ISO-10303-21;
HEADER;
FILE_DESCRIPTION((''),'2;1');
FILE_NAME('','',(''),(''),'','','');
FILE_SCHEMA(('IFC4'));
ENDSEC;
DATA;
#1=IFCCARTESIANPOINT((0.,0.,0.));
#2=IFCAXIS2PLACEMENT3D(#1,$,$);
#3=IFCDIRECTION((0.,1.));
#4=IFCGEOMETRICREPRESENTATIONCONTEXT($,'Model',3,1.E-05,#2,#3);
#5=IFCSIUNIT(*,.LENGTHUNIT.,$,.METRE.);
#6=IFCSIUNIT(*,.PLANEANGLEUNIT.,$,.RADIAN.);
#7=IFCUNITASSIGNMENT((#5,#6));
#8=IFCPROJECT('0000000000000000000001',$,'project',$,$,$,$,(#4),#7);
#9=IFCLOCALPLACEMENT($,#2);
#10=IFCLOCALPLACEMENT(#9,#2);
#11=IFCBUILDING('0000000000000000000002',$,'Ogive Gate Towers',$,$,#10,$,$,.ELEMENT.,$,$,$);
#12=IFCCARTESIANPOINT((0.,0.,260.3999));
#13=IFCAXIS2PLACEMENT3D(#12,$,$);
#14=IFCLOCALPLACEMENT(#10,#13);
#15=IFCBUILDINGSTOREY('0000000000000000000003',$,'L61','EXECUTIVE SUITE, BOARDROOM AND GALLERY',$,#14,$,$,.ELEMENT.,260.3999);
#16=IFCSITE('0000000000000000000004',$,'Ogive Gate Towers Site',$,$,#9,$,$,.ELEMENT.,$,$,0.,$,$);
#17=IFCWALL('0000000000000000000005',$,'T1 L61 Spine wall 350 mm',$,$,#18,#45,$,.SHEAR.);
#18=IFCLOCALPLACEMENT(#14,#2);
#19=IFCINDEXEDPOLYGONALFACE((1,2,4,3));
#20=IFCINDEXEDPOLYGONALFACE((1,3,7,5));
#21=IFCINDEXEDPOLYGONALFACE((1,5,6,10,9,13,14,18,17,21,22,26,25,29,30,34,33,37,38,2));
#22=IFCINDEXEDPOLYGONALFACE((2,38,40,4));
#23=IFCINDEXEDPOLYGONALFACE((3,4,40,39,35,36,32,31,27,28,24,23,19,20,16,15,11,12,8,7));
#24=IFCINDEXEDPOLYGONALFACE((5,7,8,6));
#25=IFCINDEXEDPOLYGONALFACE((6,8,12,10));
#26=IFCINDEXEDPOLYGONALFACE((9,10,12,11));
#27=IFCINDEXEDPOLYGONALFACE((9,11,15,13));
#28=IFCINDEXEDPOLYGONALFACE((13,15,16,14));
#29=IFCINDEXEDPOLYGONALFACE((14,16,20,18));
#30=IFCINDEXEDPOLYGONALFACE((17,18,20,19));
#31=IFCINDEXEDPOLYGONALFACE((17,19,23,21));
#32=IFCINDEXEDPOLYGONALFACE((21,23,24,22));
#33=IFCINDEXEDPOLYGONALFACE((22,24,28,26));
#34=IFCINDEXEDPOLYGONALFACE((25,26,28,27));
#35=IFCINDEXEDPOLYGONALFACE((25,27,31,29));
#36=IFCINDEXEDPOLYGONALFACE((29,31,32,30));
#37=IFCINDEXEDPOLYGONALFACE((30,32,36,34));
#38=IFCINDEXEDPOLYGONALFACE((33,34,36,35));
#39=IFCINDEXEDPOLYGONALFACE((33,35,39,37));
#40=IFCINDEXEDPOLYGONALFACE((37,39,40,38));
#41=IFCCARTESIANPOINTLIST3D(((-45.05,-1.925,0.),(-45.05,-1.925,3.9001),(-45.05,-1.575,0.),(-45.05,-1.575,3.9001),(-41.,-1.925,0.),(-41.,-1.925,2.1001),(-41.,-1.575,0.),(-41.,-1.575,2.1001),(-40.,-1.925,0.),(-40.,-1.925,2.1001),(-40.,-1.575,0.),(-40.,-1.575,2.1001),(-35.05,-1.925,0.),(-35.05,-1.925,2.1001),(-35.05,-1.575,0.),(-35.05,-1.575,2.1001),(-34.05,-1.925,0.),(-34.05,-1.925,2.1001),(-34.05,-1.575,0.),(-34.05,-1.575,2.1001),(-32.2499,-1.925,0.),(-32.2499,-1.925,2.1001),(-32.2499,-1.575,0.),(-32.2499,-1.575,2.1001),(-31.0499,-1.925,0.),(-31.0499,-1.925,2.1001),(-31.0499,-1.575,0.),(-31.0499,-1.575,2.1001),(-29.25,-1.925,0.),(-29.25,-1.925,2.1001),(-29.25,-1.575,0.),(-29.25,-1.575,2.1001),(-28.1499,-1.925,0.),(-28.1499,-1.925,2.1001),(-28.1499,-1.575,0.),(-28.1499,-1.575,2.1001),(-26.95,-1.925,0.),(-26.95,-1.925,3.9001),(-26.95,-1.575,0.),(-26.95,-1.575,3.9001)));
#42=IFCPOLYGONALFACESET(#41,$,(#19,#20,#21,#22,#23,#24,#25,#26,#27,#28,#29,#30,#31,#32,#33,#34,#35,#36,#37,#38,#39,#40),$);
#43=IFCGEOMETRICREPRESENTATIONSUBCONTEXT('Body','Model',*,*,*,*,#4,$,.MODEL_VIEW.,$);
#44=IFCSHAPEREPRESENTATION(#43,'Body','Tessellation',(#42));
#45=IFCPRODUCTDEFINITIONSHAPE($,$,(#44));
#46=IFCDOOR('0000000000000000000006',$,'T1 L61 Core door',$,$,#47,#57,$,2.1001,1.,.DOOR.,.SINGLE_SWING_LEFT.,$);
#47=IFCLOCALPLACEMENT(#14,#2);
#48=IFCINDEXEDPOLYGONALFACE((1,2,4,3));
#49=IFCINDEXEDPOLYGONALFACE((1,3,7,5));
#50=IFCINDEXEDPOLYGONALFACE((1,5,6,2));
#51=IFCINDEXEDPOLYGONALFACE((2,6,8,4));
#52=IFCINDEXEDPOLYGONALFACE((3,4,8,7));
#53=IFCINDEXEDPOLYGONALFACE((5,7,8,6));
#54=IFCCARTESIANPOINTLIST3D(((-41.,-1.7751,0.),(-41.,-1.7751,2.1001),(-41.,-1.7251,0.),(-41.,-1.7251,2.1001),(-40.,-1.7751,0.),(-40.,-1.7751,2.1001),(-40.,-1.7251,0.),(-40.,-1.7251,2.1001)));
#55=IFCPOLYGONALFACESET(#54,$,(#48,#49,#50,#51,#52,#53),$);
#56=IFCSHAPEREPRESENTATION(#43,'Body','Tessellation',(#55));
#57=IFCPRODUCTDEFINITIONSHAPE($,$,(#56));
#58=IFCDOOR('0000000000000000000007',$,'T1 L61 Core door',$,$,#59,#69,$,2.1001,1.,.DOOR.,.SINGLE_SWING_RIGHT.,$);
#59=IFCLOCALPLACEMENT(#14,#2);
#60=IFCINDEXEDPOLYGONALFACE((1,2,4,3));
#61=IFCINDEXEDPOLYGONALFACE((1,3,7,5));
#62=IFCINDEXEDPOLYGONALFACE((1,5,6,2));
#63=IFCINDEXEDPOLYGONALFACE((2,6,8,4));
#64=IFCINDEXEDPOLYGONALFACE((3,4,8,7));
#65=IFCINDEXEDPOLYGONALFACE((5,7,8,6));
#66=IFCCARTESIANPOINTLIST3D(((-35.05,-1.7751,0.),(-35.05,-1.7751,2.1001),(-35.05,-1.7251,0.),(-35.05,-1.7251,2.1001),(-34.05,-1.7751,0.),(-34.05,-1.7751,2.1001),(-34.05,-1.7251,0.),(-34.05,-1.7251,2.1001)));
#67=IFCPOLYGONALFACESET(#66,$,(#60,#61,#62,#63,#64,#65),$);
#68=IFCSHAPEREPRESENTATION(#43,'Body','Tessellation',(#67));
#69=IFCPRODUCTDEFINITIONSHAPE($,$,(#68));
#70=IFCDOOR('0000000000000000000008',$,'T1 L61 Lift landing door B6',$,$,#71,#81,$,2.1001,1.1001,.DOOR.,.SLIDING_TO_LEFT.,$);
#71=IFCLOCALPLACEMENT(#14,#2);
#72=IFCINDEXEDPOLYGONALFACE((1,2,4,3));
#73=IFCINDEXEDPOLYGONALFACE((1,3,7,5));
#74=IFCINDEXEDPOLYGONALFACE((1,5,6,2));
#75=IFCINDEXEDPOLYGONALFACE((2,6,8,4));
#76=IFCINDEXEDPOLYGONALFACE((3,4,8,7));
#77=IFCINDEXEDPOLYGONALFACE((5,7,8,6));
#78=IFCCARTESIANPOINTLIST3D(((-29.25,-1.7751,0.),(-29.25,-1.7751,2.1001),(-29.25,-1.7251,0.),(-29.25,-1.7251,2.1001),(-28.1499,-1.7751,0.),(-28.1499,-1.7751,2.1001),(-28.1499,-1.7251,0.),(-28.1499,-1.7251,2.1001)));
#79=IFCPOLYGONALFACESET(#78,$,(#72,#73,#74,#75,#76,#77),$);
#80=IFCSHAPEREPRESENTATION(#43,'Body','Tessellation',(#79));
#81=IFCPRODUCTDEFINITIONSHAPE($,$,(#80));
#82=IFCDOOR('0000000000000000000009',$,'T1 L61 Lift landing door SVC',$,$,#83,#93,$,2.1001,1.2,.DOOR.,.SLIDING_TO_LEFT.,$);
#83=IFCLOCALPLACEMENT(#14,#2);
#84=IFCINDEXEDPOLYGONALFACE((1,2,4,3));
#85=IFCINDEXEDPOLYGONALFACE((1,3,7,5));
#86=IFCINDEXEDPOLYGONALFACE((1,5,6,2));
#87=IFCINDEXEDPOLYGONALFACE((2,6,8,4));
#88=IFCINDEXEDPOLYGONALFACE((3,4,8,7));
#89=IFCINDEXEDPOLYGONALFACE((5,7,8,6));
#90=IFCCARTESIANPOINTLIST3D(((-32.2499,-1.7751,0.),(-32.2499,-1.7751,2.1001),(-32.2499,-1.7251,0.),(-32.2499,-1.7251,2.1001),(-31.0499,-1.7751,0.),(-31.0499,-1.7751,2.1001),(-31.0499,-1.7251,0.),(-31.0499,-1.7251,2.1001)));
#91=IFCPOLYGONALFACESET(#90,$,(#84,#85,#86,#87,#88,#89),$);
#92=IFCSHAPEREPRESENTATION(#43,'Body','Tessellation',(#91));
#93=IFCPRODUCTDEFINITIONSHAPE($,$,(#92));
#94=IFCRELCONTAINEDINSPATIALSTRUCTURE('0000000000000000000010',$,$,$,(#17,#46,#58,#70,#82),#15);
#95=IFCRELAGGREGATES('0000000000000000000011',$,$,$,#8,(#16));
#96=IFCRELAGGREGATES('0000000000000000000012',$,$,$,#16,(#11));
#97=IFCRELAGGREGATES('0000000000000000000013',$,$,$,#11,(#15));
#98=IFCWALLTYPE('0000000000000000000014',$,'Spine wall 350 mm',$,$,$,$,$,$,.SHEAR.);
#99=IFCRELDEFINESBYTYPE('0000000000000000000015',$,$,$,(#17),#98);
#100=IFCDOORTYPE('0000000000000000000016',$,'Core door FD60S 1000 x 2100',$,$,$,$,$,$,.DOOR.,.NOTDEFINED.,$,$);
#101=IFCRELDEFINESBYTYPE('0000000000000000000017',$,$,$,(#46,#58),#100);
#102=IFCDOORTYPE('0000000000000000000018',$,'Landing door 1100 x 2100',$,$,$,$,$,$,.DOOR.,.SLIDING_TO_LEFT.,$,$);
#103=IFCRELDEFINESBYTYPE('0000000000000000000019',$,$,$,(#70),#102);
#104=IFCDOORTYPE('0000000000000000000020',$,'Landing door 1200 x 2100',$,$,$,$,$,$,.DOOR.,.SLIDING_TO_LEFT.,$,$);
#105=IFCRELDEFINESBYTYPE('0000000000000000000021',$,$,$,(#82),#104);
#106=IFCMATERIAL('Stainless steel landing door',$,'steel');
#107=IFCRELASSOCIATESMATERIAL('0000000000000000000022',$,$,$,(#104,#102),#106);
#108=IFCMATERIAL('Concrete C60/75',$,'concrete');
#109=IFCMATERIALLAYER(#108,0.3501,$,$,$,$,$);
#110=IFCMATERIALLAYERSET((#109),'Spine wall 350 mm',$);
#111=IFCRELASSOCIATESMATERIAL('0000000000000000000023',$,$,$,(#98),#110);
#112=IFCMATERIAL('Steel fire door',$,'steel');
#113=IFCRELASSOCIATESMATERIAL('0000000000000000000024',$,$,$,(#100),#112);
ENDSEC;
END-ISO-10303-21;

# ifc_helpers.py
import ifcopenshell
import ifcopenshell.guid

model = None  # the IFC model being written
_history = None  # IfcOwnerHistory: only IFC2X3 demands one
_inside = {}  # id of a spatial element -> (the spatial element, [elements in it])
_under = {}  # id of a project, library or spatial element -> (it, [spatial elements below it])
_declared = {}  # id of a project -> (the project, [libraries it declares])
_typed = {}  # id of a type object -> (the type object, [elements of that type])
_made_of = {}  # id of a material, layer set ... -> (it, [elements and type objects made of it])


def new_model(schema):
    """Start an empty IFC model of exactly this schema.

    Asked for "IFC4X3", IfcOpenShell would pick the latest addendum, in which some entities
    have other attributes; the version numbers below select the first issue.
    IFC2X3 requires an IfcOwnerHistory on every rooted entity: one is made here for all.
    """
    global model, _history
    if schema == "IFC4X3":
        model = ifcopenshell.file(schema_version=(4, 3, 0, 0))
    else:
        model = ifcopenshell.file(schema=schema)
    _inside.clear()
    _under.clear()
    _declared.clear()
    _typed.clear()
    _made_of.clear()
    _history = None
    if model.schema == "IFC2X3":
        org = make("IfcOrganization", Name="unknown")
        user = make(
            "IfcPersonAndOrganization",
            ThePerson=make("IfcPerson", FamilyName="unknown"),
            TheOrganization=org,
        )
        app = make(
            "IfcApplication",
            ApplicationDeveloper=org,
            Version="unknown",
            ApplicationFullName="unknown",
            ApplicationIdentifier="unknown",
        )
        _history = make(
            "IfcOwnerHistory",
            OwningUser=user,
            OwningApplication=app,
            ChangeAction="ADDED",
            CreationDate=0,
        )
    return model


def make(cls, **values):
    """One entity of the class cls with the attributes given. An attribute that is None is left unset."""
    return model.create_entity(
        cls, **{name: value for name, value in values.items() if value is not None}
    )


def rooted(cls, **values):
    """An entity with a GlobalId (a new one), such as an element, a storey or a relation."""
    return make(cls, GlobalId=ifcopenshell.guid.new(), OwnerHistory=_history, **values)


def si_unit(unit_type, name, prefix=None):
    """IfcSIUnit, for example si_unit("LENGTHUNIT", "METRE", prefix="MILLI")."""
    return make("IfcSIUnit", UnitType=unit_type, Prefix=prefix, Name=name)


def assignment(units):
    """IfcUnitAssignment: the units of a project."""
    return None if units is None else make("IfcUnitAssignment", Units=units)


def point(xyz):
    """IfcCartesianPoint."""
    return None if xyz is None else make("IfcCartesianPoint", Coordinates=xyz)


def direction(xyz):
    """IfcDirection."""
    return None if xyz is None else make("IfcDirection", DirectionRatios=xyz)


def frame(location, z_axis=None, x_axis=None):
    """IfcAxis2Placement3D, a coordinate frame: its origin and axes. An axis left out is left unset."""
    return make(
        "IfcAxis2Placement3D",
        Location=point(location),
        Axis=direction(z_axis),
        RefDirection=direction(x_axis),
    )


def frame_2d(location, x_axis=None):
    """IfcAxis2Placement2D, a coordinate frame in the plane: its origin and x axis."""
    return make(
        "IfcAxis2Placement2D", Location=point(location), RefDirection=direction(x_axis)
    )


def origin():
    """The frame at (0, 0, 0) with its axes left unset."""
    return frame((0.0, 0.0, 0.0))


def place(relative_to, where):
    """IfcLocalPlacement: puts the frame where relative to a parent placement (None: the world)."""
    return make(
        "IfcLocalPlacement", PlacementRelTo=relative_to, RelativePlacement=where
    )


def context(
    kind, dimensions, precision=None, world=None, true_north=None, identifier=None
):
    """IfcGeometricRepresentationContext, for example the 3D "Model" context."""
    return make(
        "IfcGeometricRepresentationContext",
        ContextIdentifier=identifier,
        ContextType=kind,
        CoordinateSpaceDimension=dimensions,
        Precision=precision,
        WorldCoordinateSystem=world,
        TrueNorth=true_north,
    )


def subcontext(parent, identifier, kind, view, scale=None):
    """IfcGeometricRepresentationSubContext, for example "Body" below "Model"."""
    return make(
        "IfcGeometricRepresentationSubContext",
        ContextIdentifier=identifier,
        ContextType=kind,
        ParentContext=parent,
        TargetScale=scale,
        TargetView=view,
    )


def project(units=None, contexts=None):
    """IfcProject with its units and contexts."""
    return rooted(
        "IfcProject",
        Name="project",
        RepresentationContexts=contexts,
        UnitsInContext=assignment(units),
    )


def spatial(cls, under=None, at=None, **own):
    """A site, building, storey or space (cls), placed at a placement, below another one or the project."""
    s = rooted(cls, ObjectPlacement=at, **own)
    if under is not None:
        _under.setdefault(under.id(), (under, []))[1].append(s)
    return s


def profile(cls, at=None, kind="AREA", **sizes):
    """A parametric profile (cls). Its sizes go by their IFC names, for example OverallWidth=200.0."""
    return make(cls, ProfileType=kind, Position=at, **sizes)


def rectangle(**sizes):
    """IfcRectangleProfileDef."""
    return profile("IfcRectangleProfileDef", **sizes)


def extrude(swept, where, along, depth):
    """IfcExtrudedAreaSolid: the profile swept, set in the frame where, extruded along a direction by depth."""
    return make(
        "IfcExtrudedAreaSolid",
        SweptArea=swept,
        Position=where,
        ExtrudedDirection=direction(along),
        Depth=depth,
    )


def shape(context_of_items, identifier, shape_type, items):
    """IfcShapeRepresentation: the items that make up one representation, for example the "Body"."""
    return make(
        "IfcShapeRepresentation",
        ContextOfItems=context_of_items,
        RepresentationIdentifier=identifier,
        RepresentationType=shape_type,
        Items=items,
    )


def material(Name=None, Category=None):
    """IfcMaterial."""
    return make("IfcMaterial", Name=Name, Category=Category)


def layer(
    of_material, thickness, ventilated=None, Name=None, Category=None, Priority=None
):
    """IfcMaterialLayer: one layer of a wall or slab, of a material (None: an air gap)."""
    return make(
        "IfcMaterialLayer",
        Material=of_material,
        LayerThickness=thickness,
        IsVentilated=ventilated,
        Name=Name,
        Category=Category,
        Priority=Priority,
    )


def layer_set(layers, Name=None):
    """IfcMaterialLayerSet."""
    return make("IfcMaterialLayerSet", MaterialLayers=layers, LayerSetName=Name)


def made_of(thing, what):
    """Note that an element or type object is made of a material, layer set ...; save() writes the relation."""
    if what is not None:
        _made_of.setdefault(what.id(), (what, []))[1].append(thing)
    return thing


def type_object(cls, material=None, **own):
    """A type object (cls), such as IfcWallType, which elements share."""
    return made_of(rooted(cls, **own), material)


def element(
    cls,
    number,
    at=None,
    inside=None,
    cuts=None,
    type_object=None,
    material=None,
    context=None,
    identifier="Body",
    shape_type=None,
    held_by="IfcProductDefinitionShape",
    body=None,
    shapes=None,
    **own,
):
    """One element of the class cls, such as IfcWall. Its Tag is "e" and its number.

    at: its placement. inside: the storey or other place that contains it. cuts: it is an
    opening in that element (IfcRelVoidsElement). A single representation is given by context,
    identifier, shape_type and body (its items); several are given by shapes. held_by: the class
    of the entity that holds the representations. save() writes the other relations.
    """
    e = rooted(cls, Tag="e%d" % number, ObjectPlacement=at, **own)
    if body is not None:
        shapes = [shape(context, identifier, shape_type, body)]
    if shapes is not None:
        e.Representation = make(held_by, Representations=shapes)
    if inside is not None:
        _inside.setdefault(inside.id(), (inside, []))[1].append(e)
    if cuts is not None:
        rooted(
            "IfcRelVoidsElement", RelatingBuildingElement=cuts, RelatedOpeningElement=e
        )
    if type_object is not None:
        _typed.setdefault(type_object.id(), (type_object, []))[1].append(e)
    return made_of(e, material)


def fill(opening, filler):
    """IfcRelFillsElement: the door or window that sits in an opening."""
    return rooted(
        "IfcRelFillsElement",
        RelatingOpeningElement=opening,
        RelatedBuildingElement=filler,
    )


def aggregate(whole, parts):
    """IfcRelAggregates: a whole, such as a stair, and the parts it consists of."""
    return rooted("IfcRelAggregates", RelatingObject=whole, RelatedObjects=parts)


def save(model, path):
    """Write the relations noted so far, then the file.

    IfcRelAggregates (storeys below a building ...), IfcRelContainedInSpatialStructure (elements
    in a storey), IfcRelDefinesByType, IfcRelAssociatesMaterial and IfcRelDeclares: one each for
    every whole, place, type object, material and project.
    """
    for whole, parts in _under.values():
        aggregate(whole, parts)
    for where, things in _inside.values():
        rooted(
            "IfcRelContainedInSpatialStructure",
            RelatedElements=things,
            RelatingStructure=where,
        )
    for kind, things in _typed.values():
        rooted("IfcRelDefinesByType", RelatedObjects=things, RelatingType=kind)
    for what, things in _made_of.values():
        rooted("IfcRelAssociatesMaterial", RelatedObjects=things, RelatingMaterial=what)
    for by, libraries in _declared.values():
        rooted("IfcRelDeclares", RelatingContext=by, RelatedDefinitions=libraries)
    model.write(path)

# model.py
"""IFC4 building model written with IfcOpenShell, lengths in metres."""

from ifc_helpers import new_model, si_unit, direction, frame, frame_2d, origin, place, context, subcontext, project, spatial, rectangle, extrude, material, layer, layer_set, type_object, element, fill, save


model = new_model("IFC4")

# Units and contexts
model_context = context("Model", 3, precision=1e-05, world=origin(), true_north=direction((0.0, 1.0)))
body_context = subcontext(model_context, "Body", "Model", "MODEL_VIEW")
ifc_project = project(units=[si_unit("LENGTHUNIT", "METRE"), si_unit("PLANEANGLEUNIT", "RADIAN")], contexts=[model_context])

# Site, building, storey
site_placement = place(None, origin())
site = spatial("IfcSite", under=ifc_project, at=site_placement, Name="Ogive Gate Towers Site", CompositionType="ELEMENT", RefElevation=0.0)
building_placement = place(site_placement, origin())
building = spatial("IfcBuilding", under=site, at=building_placement, Name="Ogive Gate Towers", CompositionType="ELEMENT")
storey_placement = place(building_placement, frame((0.0, 0.0, 260.3999)))
storey = spatial("IfcBuildingStorey", under=building, at=storey_placement, Name="L61", Description="EXECUTIVE SUITE, BOARDROOM AND GALLERY", CompositionType="ELEMENT", Elevation=260.3999)

# Shared definitions
ifc_material_1 = material(Name="Concrete C60/75", Category="concrete")

# Shared definitions
ifc_material_2 = material(Name="Stainless steel landing door", Category="steel")
door_type_1 = type_object("IfcDoorType", Name="Landing door 1200 x 2100", OperationType="SLIDING_TO_LEFT", PredefinedType="DOOR", material=ifc_material_2)

# Wall, openings, doors
ifc_layer_1 = layer(ifc_material_1, 0.3501)
ifc_layer_set_1 = layer_set([ifc_layer_1], Name="Spine wall 350 mm")
wall_type_1 = type_object("IfcWallType", Name="Spine wall 350 mm", PredefinedType="SHEAR", material=ifc_layer_set_1)
wall_1_placement = place(storey_placement, frame((-45.05, -1.75, 0.0), z_axis=(0.0, 0.0, 1.0), x_axis=(1.0, 0.0, 0.0)))
wall_1 = element("IfcWall", 1, at=wall_1_placement, inside=storey, type_object=wall_type_1, Name="T1 L61 Spine wall 350 mm", PredefinedType="SHEAR", context=body_context, shape_type="SweptSolid", body=[
    extrude(rectangle(XDim=18.1001, YDim=0.3501, at=frame_2d((9.05, 0.0))), origin(), (0.0, 0.0, 1.0), 3.9001),
])
opening_1_placement = place(wall_1_placement, frame((12.8, 0.0, 0.0)))
opening_1 = element("IfcOpeningElement", 2, at=opening_1_placement, cuts=wall_1, PredefinedType="OPENING", context=body_context, shape_type="SweptSolid", body=[
    extrude(rectangle(XDim=1.2, YDim=2.1001, at=frame_2d((0.6001, 1.05))), frame((0.0, 0.1851, 0.0), z_axis=(0.0, -1.0, 0.0), x_axis=(1.0, 0.0, 0.0)), (0.0, 0.0, 1.0), 0.3701),
])
opening_2_placement = place(wall_1_placement, frame((15.8, 0.0, 0.0)))
opening_2 = element("IfcOpeningElement", 3, at=opening_2_placement, cuts=wall_1, PredefinedType="OPENING", context=body_context, shape_type="SweptSolid", body=[
    extrude(rectangle(XDim=1.1001, YDim=2.1001, at=frame_2d((0.55, 1.05))), frame((0.0, 0.1851, 0.0), z_axis=(0.0, -1.0, 0.0), x_axis=(1.0, 0.0, 0.0)), (0.0, 0.0, 1.0), 0.3701),
])
opening_3_placement = place(wall_1_placement, frame((4.05, 0.0, 0.0)))
opening_3 = element("IfcOpeningElement", 4, at=opening_3_placement, cuts=wall_1, PredefinedType="OPENING", context=body_context, shape_type="SweptSolid", body=[
    extrude(rectangle(XDim=1.0, YDim=2.1001, at=frame_2d((0.5, 1.05))), frame((0.0, 0.1851, 0.0), z_axis=(0.0, -1.0, 0.0), x_axis=(1.0, 0.0, 0.0)), (0.0, 0.0, 1.0), 0.3701),
])
opening_4_placement = place(wall_1_placement, frame((10.0, 0.0, 0.0)))
opening_4 = element("IfcOpeningElement", 5, at=opening_4_placement, cuts=wall_1, PredefinedType="OPENING", context=body_context, shape_type="SweptSolid", body=[
    extrude(rectangle(XDim=1.0, YDim=2.1001, at=frame_2d((0.5, 1.05))), frame((0.0, 0.1851, 0.0), z_axis=(0.0, -1.0, 0.0), x_axis=(1.0, 0.0, 0.0)), (0.0, 0.0, 1.0), 0.3701),
])
ifc_material_3 = material(Name="Steel fire door", Category="steel")
door_type_2 = type_object("IfcDoorType", Name="Core door FD60S 1000 x 2100", OperationType="NOTDEFINED", PredefinedType="DOOR", material=ifc_material_3)
door_1_placement = place(opening_3_placement, origin())
door_1 = element("IfcDoor", 6, at=door_1_placement, inside=storey, type_object=door_type_2, Name="T1 L61 Core door", OperationType="SINGLE_SWING_LEFT", OverallHeight=2.1001, OverallWidth=1.0, PredefinedType="DOOR", context=body_context, shape_type="SweptSolid", body=[
    extrude(rectangle(XDim=1.0, YDim=2.1001, at=frame_2d((0.5, 1.05))), frame((0.0, 0.0249, 0.0), z_axis=(0.0, -1.0, 0.0), x_axis=(1.0, 0.0, 0.0)), (0.0, 0.0, 1.0), 0.05),
])
fill(opening_3, door_1)
door_2_placement = place(opening_4_placement, origin())
door_2 = element("IfcDoor", 7, at=door_2_placement, inside=storey, type_object=door_type_2, Name="T1 L61 Core door", OperationType="SINGLE_SWING_RIGHT", OverallHeight=2.1001, OverallWidth=1.0, PredefinedType="DOOR", context=body_context, shape_type="SweptSolid", body=[
    extrude(rectangle(XDim=1.0, YDim=2.1001, at=frame_2d((0.5, 1.05))), frame((0.0, 0.0249, 0.0), z_axis=(0.0, -1.0, 0.0), x_axis=(1.0, 0.0, 0.0)), (0.0, 0.0, 1.0), 0.05),
])
fill(opening_4, door_2)
door_type_3 = type_object("IfcDoorType", Name="Landing door 1100 x 2100", OperationType="SLIDING_TO_LEFT", PredefinedType="DOOR", material=ifc_material_2)
door_3_placement = place(opening_2_placement, origin())
door_3 = element("IfcDoor", 8, at=door_3_placement, inside=storey, type_object=door_type_3, Name="T1 L61 Lift landing door B6", OperationType="SLIDING_TO_LEFT", OverallHeight=2.1001, OverallWidth=1.1001, PredefinedType="DOOR", context=body_context, shape_type="SweptSolid", body=[
    extrude(rectangle(XDim=1.1001, YDim=2.1001, at=frame_2d((0.55, 1.05))), frame((0.0, 0.0249, 0.0), z_axis=(0.0, -1.0, 0.0), x_axis=(1.0, 0.0, 0.0)), (0.0, 0.0, 1.0), 0.05),
])
fill(opening_2, door_3)
door_4_placement = place(opening_1_placement, origin())
door_4 = element("IfcDoor", 9, at=door_4_placement, inside=storey, type_object=door_type_1, Name="T1 L61 Lift landing door SVC", OperationType="SLIDING_TO_LEFT", OverallHeight=2.1001, OverallWidth=1.2, PredefinedType="DOOR", context=body_context, shape_type="SweptSolid", body=[
    extrude(rectangle(XDim=1.2, YDim=2.1001, at=frame_2d((0.6001, 1.05))), frame((0.0, 0.0249, 0.0), z_axis=(0.0, -1.0, 0.0), x_axis=(1.0, 0.0, 0.0)), (0.0, 0.0, 1.0), 0.05),
])
fill(opening_1, door_4)

save(model, "model.ifc")
